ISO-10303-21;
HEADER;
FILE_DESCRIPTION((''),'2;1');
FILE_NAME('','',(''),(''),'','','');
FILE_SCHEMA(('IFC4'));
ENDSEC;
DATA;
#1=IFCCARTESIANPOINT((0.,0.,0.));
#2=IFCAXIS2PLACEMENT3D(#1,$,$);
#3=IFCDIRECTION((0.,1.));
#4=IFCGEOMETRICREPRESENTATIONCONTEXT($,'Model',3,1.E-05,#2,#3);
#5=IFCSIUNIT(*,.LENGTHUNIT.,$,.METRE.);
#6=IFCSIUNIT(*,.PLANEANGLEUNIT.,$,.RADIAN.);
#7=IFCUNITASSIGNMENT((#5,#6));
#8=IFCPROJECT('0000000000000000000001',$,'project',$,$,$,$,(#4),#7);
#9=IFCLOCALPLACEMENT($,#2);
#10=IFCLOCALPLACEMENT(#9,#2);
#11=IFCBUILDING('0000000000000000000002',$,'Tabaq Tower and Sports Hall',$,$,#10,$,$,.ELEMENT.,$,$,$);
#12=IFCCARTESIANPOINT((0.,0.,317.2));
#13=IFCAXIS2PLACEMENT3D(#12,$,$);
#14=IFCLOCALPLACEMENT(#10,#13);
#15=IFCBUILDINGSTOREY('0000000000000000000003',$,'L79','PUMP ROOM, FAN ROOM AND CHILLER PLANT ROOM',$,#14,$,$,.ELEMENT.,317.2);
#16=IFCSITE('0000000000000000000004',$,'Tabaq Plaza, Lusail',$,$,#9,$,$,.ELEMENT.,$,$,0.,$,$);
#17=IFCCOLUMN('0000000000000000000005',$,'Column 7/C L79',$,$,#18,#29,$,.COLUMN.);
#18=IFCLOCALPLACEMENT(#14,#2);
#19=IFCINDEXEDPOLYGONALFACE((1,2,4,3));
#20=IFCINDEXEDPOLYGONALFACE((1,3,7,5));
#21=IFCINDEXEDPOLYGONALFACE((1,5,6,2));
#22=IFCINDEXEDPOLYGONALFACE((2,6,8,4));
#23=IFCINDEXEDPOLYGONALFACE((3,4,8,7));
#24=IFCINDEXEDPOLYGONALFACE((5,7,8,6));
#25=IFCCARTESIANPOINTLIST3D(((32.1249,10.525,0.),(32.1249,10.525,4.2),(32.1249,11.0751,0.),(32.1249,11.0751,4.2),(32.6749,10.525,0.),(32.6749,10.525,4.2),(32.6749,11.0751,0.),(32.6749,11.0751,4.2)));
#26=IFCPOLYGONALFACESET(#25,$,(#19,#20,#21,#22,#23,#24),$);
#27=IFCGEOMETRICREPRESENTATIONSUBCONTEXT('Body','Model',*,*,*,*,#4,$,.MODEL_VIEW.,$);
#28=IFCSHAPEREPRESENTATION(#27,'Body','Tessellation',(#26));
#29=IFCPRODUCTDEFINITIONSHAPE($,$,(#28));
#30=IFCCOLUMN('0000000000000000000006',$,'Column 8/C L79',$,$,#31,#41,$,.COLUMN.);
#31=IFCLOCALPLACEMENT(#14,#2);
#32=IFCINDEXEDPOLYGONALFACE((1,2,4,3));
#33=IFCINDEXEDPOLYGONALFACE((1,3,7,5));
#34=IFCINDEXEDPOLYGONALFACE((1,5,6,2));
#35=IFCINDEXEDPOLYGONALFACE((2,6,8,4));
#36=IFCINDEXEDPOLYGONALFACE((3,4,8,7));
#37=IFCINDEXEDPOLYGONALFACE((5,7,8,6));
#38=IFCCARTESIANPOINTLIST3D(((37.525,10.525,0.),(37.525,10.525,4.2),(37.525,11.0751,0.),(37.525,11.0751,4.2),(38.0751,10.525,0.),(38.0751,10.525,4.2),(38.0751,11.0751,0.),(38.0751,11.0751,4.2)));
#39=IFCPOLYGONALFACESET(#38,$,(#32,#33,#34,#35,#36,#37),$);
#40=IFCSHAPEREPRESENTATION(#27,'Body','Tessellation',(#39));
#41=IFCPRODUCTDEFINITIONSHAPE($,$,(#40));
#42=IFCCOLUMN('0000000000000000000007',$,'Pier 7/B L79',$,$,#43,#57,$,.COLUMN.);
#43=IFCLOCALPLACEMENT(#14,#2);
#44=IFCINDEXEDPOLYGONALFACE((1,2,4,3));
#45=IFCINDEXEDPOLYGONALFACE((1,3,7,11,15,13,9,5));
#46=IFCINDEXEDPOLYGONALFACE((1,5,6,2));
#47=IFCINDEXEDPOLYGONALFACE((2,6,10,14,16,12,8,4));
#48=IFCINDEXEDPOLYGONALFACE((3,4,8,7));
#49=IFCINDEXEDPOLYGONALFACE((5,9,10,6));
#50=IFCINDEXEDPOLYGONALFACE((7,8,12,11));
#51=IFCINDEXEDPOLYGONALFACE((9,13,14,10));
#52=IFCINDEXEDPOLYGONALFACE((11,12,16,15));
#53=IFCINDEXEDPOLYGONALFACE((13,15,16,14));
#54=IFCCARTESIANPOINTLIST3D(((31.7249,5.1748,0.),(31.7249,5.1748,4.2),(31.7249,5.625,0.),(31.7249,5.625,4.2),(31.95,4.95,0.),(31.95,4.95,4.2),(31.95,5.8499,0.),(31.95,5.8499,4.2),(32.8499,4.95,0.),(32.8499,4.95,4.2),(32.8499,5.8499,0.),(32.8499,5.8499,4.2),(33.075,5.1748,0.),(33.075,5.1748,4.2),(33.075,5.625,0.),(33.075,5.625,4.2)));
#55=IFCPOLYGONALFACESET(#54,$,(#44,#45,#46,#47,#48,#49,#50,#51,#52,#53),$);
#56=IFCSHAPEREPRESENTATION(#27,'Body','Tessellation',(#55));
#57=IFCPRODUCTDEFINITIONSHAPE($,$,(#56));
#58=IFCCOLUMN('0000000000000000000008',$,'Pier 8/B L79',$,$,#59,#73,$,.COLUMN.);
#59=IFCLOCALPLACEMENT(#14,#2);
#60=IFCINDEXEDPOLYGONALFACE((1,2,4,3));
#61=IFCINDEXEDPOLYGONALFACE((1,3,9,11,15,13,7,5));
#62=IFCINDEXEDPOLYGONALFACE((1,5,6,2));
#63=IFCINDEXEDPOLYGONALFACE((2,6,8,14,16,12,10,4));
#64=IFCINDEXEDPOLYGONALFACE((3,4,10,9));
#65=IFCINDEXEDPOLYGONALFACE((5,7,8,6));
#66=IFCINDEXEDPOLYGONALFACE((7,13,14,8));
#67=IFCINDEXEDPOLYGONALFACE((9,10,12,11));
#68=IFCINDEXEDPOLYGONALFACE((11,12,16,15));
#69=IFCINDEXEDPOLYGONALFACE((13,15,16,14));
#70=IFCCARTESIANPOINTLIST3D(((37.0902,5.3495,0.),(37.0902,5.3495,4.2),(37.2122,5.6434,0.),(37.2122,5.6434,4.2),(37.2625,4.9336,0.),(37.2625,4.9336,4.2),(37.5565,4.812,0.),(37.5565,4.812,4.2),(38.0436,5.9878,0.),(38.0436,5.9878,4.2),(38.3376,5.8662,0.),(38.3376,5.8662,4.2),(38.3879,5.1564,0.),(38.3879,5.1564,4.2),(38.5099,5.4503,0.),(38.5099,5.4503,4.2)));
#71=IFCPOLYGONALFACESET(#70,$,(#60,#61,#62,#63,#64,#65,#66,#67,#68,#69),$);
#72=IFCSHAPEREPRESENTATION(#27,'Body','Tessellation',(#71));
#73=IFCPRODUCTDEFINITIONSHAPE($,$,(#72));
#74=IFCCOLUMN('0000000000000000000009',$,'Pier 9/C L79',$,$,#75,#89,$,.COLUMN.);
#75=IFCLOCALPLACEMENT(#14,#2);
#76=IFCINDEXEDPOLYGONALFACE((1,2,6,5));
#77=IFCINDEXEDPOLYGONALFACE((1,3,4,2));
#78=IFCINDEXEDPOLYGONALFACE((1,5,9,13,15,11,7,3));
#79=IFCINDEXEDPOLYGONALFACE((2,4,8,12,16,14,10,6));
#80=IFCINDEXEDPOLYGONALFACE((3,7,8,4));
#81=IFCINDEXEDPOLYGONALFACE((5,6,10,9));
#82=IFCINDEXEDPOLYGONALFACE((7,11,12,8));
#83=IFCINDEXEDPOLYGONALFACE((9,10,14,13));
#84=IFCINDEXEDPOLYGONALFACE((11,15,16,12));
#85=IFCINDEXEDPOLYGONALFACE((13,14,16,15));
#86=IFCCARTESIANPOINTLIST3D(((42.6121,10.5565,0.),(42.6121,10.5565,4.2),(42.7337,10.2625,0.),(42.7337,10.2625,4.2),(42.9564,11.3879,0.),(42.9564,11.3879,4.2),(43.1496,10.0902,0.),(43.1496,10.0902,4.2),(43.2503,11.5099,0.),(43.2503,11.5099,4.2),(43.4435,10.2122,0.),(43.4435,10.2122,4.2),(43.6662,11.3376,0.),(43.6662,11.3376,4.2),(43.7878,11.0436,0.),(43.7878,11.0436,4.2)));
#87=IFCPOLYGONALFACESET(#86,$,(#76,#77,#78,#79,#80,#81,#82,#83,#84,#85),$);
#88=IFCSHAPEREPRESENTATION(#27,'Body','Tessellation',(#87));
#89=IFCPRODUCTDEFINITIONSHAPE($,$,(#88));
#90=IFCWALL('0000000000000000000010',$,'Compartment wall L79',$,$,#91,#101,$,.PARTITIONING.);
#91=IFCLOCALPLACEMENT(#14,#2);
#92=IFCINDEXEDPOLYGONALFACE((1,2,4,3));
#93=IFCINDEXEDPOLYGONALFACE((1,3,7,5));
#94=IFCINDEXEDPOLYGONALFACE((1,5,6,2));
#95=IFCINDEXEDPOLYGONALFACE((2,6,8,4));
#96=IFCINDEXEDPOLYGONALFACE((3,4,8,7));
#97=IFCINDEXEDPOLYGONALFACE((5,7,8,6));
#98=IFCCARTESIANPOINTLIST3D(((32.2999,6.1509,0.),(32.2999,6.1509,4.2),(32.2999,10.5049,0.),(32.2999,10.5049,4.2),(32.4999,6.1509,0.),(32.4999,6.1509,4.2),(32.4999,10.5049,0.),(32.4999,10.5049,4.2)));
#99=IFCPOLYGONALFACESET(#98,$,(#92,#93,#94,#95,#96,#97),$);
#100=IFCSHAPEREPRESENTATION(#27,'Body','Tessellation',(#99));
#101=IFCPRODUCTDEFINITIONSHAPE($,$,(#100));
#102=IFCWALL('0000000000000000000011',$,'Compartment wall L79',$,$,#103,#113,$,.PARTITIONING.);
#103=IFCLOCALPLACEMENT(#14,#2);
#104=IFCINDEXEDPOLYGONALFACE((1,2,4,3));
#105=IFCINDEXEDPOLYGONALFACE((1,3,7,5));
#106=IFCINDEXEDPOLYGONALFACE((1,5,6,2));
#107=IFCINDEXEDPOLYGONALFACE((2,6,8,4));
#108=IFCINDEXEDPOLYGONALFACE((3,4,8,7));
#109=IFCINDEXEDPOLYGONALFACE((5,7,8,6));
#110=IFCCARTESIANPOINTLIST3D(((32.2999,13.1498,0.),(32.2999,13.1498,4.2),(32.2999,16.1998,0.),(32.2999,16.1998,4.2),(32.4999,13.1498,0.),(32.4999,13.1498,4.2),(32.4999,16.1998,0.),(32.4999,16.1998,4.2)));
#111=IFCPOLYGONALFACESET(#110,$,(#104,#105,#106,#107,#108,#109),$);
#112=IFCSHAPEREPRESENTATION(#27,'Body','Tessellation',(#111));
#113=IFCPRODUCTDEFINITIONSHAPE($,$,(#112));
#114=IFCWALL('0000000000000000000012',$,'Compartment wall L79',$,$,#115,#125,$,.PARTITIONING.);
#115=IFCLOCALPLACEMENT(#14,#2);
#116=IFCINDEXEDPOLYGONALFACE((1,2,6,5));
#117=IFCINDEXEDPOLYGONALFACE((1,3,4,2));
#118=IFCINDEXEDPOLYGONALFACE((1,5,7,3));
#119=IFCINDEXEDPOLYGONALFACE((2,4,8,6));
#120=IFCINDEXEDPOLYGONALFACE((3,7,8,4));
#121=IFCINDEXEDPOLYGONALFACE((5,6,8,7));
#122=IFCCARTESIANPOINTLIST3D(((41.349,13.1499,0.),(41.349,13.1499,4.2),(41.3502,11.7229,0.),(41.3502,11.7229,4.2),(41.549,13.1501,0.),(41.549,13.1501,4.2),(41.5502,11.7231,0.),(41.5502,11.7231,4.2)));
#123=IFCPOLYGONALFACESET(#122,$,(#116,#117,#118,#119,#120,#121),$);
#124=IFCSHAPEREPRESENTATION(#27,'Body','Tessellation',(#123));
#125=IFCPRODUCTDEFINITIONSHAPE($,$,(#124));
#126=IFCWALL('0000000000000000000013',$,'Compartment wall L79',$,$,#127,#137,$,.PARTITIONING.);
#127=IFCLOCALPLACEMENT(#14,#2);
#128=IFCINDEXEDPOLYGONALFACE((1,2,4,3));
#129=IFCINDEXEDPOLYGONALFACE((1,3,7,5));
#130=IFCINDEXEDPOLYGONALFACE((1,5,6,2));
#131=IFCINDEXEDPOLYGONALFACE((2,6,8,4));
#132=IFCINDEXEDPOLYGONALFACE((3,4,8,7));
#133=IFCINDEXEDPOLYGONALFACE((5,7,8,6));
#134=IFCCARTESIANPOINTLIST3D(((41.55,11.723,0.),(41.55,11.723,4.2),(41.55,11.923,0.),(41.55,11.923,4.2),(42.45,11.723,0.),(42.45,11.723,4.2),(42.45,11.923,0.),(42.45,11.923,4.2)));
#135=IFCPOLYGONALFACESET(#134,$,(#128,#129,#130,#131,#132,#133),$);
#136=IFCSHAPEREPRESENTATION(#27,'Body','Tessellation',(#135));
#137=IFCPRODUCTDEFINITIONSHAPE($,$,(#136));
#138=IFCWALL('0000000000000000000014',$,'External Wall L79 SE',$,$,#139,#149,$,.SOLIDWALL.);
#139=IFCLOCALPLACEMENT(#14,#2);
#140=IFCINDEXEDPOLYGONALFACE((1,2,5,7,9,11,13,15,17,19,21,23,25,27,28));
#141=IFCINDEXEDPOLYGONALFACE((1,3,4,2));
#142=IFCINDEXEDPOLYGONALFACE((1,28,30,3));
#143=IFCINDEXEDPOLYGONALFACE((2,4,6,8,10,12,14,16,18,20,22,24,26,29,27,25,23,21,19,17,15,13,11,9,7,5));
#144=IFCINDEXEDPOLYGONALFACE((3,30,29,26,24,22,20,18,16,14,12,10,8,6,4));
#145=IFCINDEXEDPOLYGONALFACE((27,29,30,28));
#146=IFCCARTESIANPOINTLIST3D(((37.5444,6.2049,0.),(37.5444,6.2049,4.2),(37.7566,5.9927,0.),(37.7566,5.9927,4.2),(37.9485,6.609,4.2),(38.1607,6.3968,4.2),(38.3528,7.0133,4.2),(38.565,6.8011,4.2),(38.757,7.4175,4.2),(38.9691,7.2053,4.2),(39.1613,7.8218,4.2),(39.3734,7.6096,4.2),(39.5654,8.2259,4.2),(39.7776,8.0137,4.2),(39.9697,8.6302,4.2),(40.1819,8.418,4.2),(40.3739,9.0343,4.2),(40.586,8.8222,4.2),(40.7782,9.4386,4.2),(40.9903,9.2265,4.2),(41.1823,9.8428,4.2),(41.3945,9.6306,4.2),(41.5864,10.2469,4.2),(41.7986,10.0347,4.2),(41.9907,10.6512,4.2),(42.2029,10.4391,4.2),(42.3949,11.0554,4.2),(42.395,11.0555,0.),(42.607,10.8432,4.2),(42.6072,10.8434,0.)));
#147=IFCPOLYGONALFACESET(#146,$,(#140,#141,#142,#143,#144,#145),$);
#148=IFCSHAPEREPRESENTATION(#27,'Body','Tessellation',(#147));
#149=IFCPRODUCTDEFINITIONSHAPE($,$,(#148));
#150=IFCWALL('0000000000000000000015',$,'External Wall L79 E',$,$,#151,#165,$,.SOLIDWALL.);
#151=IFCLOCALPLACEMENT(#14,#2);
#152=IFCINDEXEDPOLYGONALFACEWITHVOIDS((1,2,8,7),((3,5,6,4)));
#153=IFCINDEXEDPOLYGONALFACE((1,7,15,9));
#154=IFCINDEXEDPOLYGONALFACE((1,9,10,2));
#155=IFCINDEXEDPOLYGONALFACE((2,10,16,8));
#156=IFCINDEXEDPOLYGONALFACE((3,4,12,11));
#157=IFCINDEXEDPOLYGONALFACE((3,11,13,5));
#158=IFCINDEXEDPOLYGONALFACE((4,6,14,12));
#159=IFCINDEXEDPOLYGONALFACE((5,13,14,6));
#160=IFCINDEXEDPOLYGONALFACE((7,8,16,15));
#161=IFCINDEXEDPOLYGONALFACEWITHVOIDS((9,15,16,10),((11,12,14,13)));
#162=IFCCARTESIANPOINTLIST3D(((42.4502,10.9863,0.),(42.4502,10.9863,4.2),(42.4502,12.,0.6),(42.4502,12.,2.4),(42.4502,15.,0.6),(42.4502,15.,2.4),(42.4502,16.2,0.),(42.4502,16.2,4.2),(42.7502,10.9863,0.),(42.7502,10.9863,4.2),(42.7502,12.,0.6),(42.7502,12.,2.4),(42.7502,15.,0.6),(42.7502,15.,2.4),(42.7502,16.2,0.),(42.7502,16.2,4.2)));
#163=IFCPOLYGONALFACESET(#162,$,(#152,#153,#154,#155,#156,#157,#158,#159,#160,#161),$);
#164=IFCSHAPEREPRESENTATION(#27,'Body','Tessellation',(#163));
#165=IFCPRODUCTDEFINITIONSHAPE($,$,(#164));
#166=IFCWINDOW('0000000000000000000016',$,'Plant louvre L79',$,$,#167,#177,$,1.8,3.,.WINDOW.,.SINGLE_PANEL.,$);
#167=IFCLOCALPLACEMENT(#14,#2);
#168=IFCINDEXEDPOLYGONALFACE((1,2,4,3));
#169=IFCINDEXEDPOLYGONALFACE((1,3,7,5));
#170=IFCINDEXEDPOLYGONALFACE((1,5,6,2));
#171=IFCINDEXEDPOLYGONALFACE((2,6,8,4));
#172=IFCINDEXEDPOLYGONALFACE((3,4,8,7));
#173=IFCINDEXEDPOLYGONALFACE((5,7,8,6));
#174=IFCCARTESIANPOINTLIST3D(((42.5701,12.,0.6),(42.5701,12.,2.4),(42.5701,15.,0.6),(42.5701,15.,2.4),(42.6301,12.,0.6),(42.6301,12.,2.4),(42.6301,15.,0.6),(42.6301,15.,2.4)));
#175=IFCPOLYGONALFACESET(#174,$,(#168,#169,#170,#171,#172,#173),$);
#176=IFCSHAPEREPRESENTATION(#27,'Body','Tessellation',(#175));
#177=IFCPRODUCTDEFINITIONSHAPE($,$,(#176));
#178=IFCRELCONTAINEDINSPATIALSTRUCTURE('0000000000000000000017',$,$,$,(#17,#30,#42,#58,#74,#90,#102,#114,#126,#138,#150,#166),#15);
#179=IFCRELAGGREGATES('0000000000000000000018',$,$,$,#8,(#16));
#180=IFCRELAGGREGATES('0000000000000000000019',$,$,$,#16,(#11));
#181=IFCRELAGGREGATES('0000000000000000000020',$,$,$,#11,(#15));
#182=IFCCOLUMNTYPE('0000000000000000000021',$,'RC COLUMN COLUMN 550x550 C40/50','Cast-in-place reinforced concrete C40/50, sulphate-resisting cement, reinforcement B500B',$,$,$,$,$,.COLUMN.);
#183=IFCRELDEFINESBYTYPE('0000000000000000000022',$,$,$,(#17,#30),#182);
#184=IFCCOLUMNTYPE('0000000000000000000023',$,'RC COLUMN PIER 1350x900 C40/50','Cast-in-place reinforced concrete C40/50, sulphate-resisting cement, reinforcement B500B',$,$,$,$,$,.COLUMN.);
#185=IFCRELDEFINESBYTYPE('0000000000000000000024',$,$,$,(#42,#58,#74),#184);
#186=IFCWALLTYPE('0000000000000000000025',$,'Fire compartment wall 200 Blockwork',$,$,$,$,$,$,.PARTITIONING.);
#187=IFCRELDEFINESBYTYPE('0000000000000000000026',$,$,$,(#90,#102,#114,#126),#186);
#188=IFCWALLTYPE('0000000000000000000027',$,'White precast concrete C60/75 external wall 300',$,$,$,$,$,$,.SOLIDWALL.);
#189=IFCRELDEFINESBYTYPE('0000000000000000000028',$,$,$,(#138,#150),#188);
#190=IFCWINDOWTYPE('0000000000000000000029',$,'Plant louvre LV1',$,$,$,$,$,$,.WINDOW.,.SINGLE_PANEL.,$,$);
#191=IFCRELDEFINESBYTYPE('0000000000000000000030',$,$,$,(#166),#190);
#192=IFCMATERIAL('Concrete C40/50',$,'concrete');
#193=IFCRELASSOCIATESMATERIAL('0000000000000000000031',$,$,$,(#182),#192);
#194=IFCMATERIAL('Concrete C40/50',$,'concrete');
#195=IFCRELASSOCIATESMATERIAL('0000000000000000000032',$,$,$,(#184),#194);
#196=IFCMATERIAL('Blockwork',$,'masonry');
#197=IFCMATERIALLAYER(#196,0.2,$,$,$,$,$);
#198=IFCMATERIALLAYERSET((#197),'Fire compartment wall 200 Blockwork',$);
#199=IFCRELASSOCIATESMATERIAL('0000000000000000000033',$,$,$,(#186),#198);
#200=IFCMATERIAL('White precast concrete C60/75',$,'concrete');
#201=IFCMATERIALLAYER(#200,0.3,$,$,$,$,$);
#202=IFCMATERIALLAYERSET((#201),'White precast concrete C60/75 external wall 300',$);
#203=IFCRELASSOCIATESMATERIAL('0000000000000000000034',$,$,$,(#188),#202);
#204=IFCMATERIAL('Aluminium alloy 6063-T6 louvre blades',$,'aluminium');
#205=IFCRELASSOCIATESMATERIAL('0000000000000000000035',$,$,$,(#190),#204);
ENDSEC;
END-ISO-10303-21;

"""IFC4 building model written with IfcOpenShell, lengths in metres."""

from ifc_helpers import new_model, si_unit, direction, frame, frame_2d, origin, origin_2d, place, context, subcontext, project, spatial, polyline, rectangle, outline, extrude, material, layer, layer_set, material_profile, profile_set, type_object, element, fill, save


model = new_model("IFC4")

# Units and contexts
model_context = context("Model", 3, precision=1e-05, world=origin(), true_north=direction((0.0, 1.0)))
body_context = subcontext(model_context, "Body", "Model", "MODEL_VIEW")
ifc_project = project(units=[si_unit("LENGTHUNIT", "METRE"), si_unit("PLANEANGLEUNIT", "RADIAN")], contexts=[model_context])

# Site, building, storey
site_placement = place(None, origin())
site = spatial("IfcSite", under=ifc_project, at=site_placement, Name="Tabaq Plaza, Lusail", CompositionType="ELEMENT", RefElevation=0.0)
building_placement = place(site_placement, origin())
building = spatial("IfcBuilding", under=site, at=building_placement, Name="Tabaq Tower and Sports Hall", CompositionType="ELEMENT")
storey_placement = place(building_placement, frame((0.0, 0.0, 317.2)))
storey = spatial("IfcBuildingStorey", under=building, at=storey_placement, Name="L79", Description="PUMP ROOM, FAN ROOM AND CHILLER PLANT ROOM", CompositionType="ELEMENT", Elevation=317.2)

# Columns
ifc_material_1 = material(Name="Concrete C40/50", Category="concrete")
ifc_material_profile_1 = material_profile(ifc_material_1, rectangle(XDim=0.55, YDim=0.55, at=origin_2d()), Name="COLUMN 550x550")
ifc_profile_set_1 = profile_set([ifc_material_profile_1], Name="Concrete C40/50")
column_type_1 = type_object("IfcColumnType", Name="RC COLUMN COLUMN 550x550 C40/50", Description="Cast-in-place reinforced concrete C40/50, sulphate-resisting cement, reinforcement B500B", PredefinedType="COLUMN", material=ifc_profile_set_1)
for number, where, z_axis, x_axis, name in (
    (1, (32.3999, 10.8, 0.0), (0.0, 0.0, 1.0), (1.0, 0.0, 0.0), "Column 7/C L79"),
    (2, (37.8, 10.8, 0.0), (0.0, 0.0, 1.0), (1.0, 0.0, 0.0), "Column 8/C L79"),
):
    element("IfcColumn", number, at=place(storey_placement, frame(where, z_axis=z_axis, x_axis=x_axis)), inside=storey, type_object=column_type_1, Name=name, PredefinedType="COLUMN", context=body_context, shape_type="SweptSolid", body=[
        extrude(rectangle(XDim=0.55, YDim=0.55, at=origin_2d()), origin(), (0.0, 0.0, 1.0), 4.2),
    ])
ifc_material_2 = material(Name="Concrete C40/50", Category="concrete")
ifc_material_profile_2 = material_profile(ifc_material_2, outline(polyline([(-0.45, -0.45), (0.45, -0.45), (0.675, -0.2251), (0.675, 0.2251), (0.45, 0.45), (-0.45, 0.45), (-0.675, 0.2251), (-0.675, -0.2251), (-0.45, -0.45)])), Name="PIER 1350x900")
ifc_profile_set_2 = profile_set([ifc_material_profile_2], Name="Concrete C40/50")
column_type_2 = type_object("IfcColumnType", Name="RC COLUMN PIER 1350x900 C40/50", Description="Cast-in-place reinforced concrete C40/50, sulphate-resisting cement, reinforcement B500B", PredefinedType="COLUMN", material=ifc_profile_set_2)
for number, where, z_axis, x_axis, name in (
    (3, (32.3999, 5.3999, 0.0), (0.0, 0.0, 1.0), (1.0, 0.0, 0.0), "Pier 7/B L79"),
    (4, (37.8, 5.3999, 0.0), (0.0, 0.0, 1.0), (0.92388, 0.382683, 0.0), "Pier 8/B L79"),
    (5, (43.2, 10.8, 0.0), (0.0, 0.0, 1.0), (0.382683, 0.92388, 0.0), "Pier 9/C L79"),
):
    element("IfcColumn", number, at=place(storey_placement, frame(where, z_axis=z_axis, x_axis=x_axis)), inside=storey, type_object=column_type_2, Name=name, PredefinedType="COLUMN", context=body_context, shape_type="SweptSolid", body=[
        extrude(outline(polyline([(-0.45, -0.45), (0.45, -0.45), (0.675, -0.2251), (0.675, 0.2251), (0.45, 0.45), (-0.45, 0.45), (-0.675, 0.2251), (-0.675, -0.2251), (-0.45, -0.45)])), origin(), (0.0, 0.0, 1.0), 4.2),
    ])

# Walls
ifc_material_3 = material(Name="Blockwork", Category="masonry")
ifc_layer_1 = layer(ifc_material_3, 0.2)
ifc_layer_set_1 = layer_set([ifc_layer_1], Name="Fire compartment wall 200 Blockwork")
wall_type_1 = type_object("IfcWallType", Name="Fire compartment wall 200 Blockwork", PredefinedType="PARTITIONING", material=ifc_layer_set_1)
wall_1_placement = place(storey_placement, frame((32.3999, 10.5049, 0.0), z_axis=(0.0, 0.0, 1.0), x_axis=(0.0, -1.0, 0.0)))
element("IfcWall", 6, at=wall_1_placement, inside=storey, type_object=wall_type_1, Name="Compartment wall L79", PredefinedType="PARTITIONING", context=body_context, shape_type="SweptSolid", body=[
    extrude(rectangle(XDim=4.354, YDim=0.2, at=frame_2d((2.177, 0.0))), origin(), (0.0, 0.0, 1.0), 4.2),
])
wall_2_placement = place(storey_placement, frame((32.3999, 13.1499, 0.0), z_axis=(0.0, 0.0, 1.0), x_axis=(0.0, 1.0, 0.0)))
element("IfcWall", 7, at=wall_2_placement, inside=storey, type_object=wall_type_1, Name="Compartment wall L79", PredefinedType="PARTITIONING", context=body_context, shape_type="SweptSolid", body=[
    extrude(rectangle(XDim=3.05, YDim=0.2, at=frame_2d((1.5249, 0.0))), origin(), (0.0, 0.0, 1.0), 4.2),
])
wall_3_placement = place(storey_placement, frame((41.449, 13.1499, 0.0), z_axis=(0.0, 0.0, 1.0), x_axis=(0.000855, -1.0, 0.0)))
element("IfcWall", 8, at=wall_3_placement, inside=storey, type_object=wall_type_1, Name="Compartment wall L79", PredefinedType="PARTITIONING", context=body_context, shape_type="SweptSolid", body=[
    extrude(rectangle(XDim=1.427, YDim=0.2, at=frame_2d((0.7134, 0.0))), origin(), (0.0, 0.0, 1.0), 4.2),
])
wall_4_placement = place(storey_placement, frame((41.55, 11.823, 0.0), z_axis=(0.0, 0.0, 1.0), x_axis=(1.0, 0.0, 0.0)))
element("IfcWall", 9, at=wall_4_placement, inside=storey, type_object=wall_type_1, Name="Compartment wall L79", PredefinedType="PARTITIONING", context=body_context, shape_type="SweptSolid", body=[
    extrude(rectangle(XDim=0.8999, YDim=0.2, at=frame_2d((0.45, 0.0))), origin(), (0.0, 0.0, 1.0), 4.2),
])
ifc_material_4 = material(Name="White precast concrete C60/75", Category="concrete")
ifc_layer_2 = layer(ifc_material_4, 0.3)
ifc_layer_set_2 = layer_set([ifc_layer_2], Name="White precast concrete C60/75 external wall 300")
wall_type_2 = type_object("IfcWallType", Name="White precast concrete C60/75 external wall 300", PredefinedType="SOLIDWALL", material=ifc_layer_set_2)
wall_5_placement = place(storey_placement, frame((37.6504, 6.0989, 0.0), z_axis=(0.0, 0.0, 1.0), x_axis=(0.707107, 0.707107, 0.0)))
element("IfcWall", 10, at=wall_5_placement, inside=storey, type_object=wall_type_2, Name="External Wall L79 SE", PredefinedType="SOLIDWALL", context=body_context, shape_type="SweptSolid", body=[
    extrude(outline(polyline([(0.0, 0.0), (6.8599, 0.0), (6.8596, 4.2), (6.2881, 4.2), (5.7163, 4.2), (5.1448, 4.2), (4.5732, 4.2), (4.0015, 4.2), (3.4299, 4.2), (2.8582, 4.2), (2.2866, 4.2), (1.7148, 4.2), (1.1433, 4.2), (0.5715, 4.2), (0.0, 4.2), (0.0, 0.0)])), frame((0.0, 0.1499, 0.0), z_axis=(0.0, -1.0, 0.0), x_axis=(1.0, 0.0, 0.0)), (0.0, 0.0, 1.0), 0.3),
])

# Wall, opening, window
wall_6_placement = place(storey_placement, frame((42.6001, 10.9863, 0.0), z_axis=(0.0, 0.0, 1.0), x_axis=(0.0, 1.0, 0.0)))
wall_6 = element("IfcWall", 11, at=wall_6_placement, inside=storey, type_object=wall_type_2, Name="External Wall L79 E", PredefinedType="SOLIDWALL", context=body_context, shape_type="SweptSolid", body=[
    extrude(outline(polyline([(0.0, 0.0), (5.2136, 0.0), (5.2136, 4.2), (4.6343, 4.2), (4.0549, 4.2), (3.4758, 4.2), (2.8965, 4.2), (2.3171, 4.2), (1.7378, 4.2), (1.1587, 4.2), (0.5793, 4.2), (0.0, 4.2), (0.0, 0.0)])), frame((0.0, 0.1499, 0.0), z_axis=(0.0, -1.0, 0.0), x_axis=(1.0, 0.0, 0.0)), (0.0, 0.0, 1.0), 0.3),
])
opening_1_placement = place(wall_6_placement, frame((1.0137, 0.0, 0.6001)))
opening_1 = element("IfcOpeningElement", 12, at=opening_1_placement, cuts=wall_6, PredefinedType="OPENING", context=body_context, shape_type="SweptSolid", body=[
    extrude(rectangle(XDim=3.0, YDim=1.8, at=frame_2d((1.5, 0.8999))), frame((0.0, 0.1602, 0.0), z_axis=(0.0, -1.0, 0.0), x_axis=(1.0, 0.0, 0.0)), (0.0, 0.0, 1.0), 0.3201),
])
ifc_material_5 = material(Name="Aluminium alloy 6063-T6 louvre blades", Category="aluminium")
window_type = type_object("IfcWindowType", Name="Plant louvre LV1", PartitioningType="SINGLE_PANEL", PredefinedType="WINDOW", material=ifc_material_5)
window_placement = place(opening_1_placement, origin())
window = element("IfcWindow", 13, at=window_placement, inside=storey, type_object=window_type, Name="Plant louvre L79", OverallHeight=1.8, OverallWidth=3.0, PartitioningType="SINGLE_PANEL", PredefinedType="WINDOW", context=body_context, shape_type="SweptSolid", body=[
    extrude(rectangle(XDim=3.0, YDim=1.8, at=frame_2d((1.5, 0.8999))), frame((0.0, 0.03, 0.0), z_axis=(0.0, -1.0, 0.0), x_axis=(1.0, 0.0, 0.0)), (0.0, 0.0, 1.0), 0.0601),
])
fill(opening_1, window)

save(model, "model.ifc")
